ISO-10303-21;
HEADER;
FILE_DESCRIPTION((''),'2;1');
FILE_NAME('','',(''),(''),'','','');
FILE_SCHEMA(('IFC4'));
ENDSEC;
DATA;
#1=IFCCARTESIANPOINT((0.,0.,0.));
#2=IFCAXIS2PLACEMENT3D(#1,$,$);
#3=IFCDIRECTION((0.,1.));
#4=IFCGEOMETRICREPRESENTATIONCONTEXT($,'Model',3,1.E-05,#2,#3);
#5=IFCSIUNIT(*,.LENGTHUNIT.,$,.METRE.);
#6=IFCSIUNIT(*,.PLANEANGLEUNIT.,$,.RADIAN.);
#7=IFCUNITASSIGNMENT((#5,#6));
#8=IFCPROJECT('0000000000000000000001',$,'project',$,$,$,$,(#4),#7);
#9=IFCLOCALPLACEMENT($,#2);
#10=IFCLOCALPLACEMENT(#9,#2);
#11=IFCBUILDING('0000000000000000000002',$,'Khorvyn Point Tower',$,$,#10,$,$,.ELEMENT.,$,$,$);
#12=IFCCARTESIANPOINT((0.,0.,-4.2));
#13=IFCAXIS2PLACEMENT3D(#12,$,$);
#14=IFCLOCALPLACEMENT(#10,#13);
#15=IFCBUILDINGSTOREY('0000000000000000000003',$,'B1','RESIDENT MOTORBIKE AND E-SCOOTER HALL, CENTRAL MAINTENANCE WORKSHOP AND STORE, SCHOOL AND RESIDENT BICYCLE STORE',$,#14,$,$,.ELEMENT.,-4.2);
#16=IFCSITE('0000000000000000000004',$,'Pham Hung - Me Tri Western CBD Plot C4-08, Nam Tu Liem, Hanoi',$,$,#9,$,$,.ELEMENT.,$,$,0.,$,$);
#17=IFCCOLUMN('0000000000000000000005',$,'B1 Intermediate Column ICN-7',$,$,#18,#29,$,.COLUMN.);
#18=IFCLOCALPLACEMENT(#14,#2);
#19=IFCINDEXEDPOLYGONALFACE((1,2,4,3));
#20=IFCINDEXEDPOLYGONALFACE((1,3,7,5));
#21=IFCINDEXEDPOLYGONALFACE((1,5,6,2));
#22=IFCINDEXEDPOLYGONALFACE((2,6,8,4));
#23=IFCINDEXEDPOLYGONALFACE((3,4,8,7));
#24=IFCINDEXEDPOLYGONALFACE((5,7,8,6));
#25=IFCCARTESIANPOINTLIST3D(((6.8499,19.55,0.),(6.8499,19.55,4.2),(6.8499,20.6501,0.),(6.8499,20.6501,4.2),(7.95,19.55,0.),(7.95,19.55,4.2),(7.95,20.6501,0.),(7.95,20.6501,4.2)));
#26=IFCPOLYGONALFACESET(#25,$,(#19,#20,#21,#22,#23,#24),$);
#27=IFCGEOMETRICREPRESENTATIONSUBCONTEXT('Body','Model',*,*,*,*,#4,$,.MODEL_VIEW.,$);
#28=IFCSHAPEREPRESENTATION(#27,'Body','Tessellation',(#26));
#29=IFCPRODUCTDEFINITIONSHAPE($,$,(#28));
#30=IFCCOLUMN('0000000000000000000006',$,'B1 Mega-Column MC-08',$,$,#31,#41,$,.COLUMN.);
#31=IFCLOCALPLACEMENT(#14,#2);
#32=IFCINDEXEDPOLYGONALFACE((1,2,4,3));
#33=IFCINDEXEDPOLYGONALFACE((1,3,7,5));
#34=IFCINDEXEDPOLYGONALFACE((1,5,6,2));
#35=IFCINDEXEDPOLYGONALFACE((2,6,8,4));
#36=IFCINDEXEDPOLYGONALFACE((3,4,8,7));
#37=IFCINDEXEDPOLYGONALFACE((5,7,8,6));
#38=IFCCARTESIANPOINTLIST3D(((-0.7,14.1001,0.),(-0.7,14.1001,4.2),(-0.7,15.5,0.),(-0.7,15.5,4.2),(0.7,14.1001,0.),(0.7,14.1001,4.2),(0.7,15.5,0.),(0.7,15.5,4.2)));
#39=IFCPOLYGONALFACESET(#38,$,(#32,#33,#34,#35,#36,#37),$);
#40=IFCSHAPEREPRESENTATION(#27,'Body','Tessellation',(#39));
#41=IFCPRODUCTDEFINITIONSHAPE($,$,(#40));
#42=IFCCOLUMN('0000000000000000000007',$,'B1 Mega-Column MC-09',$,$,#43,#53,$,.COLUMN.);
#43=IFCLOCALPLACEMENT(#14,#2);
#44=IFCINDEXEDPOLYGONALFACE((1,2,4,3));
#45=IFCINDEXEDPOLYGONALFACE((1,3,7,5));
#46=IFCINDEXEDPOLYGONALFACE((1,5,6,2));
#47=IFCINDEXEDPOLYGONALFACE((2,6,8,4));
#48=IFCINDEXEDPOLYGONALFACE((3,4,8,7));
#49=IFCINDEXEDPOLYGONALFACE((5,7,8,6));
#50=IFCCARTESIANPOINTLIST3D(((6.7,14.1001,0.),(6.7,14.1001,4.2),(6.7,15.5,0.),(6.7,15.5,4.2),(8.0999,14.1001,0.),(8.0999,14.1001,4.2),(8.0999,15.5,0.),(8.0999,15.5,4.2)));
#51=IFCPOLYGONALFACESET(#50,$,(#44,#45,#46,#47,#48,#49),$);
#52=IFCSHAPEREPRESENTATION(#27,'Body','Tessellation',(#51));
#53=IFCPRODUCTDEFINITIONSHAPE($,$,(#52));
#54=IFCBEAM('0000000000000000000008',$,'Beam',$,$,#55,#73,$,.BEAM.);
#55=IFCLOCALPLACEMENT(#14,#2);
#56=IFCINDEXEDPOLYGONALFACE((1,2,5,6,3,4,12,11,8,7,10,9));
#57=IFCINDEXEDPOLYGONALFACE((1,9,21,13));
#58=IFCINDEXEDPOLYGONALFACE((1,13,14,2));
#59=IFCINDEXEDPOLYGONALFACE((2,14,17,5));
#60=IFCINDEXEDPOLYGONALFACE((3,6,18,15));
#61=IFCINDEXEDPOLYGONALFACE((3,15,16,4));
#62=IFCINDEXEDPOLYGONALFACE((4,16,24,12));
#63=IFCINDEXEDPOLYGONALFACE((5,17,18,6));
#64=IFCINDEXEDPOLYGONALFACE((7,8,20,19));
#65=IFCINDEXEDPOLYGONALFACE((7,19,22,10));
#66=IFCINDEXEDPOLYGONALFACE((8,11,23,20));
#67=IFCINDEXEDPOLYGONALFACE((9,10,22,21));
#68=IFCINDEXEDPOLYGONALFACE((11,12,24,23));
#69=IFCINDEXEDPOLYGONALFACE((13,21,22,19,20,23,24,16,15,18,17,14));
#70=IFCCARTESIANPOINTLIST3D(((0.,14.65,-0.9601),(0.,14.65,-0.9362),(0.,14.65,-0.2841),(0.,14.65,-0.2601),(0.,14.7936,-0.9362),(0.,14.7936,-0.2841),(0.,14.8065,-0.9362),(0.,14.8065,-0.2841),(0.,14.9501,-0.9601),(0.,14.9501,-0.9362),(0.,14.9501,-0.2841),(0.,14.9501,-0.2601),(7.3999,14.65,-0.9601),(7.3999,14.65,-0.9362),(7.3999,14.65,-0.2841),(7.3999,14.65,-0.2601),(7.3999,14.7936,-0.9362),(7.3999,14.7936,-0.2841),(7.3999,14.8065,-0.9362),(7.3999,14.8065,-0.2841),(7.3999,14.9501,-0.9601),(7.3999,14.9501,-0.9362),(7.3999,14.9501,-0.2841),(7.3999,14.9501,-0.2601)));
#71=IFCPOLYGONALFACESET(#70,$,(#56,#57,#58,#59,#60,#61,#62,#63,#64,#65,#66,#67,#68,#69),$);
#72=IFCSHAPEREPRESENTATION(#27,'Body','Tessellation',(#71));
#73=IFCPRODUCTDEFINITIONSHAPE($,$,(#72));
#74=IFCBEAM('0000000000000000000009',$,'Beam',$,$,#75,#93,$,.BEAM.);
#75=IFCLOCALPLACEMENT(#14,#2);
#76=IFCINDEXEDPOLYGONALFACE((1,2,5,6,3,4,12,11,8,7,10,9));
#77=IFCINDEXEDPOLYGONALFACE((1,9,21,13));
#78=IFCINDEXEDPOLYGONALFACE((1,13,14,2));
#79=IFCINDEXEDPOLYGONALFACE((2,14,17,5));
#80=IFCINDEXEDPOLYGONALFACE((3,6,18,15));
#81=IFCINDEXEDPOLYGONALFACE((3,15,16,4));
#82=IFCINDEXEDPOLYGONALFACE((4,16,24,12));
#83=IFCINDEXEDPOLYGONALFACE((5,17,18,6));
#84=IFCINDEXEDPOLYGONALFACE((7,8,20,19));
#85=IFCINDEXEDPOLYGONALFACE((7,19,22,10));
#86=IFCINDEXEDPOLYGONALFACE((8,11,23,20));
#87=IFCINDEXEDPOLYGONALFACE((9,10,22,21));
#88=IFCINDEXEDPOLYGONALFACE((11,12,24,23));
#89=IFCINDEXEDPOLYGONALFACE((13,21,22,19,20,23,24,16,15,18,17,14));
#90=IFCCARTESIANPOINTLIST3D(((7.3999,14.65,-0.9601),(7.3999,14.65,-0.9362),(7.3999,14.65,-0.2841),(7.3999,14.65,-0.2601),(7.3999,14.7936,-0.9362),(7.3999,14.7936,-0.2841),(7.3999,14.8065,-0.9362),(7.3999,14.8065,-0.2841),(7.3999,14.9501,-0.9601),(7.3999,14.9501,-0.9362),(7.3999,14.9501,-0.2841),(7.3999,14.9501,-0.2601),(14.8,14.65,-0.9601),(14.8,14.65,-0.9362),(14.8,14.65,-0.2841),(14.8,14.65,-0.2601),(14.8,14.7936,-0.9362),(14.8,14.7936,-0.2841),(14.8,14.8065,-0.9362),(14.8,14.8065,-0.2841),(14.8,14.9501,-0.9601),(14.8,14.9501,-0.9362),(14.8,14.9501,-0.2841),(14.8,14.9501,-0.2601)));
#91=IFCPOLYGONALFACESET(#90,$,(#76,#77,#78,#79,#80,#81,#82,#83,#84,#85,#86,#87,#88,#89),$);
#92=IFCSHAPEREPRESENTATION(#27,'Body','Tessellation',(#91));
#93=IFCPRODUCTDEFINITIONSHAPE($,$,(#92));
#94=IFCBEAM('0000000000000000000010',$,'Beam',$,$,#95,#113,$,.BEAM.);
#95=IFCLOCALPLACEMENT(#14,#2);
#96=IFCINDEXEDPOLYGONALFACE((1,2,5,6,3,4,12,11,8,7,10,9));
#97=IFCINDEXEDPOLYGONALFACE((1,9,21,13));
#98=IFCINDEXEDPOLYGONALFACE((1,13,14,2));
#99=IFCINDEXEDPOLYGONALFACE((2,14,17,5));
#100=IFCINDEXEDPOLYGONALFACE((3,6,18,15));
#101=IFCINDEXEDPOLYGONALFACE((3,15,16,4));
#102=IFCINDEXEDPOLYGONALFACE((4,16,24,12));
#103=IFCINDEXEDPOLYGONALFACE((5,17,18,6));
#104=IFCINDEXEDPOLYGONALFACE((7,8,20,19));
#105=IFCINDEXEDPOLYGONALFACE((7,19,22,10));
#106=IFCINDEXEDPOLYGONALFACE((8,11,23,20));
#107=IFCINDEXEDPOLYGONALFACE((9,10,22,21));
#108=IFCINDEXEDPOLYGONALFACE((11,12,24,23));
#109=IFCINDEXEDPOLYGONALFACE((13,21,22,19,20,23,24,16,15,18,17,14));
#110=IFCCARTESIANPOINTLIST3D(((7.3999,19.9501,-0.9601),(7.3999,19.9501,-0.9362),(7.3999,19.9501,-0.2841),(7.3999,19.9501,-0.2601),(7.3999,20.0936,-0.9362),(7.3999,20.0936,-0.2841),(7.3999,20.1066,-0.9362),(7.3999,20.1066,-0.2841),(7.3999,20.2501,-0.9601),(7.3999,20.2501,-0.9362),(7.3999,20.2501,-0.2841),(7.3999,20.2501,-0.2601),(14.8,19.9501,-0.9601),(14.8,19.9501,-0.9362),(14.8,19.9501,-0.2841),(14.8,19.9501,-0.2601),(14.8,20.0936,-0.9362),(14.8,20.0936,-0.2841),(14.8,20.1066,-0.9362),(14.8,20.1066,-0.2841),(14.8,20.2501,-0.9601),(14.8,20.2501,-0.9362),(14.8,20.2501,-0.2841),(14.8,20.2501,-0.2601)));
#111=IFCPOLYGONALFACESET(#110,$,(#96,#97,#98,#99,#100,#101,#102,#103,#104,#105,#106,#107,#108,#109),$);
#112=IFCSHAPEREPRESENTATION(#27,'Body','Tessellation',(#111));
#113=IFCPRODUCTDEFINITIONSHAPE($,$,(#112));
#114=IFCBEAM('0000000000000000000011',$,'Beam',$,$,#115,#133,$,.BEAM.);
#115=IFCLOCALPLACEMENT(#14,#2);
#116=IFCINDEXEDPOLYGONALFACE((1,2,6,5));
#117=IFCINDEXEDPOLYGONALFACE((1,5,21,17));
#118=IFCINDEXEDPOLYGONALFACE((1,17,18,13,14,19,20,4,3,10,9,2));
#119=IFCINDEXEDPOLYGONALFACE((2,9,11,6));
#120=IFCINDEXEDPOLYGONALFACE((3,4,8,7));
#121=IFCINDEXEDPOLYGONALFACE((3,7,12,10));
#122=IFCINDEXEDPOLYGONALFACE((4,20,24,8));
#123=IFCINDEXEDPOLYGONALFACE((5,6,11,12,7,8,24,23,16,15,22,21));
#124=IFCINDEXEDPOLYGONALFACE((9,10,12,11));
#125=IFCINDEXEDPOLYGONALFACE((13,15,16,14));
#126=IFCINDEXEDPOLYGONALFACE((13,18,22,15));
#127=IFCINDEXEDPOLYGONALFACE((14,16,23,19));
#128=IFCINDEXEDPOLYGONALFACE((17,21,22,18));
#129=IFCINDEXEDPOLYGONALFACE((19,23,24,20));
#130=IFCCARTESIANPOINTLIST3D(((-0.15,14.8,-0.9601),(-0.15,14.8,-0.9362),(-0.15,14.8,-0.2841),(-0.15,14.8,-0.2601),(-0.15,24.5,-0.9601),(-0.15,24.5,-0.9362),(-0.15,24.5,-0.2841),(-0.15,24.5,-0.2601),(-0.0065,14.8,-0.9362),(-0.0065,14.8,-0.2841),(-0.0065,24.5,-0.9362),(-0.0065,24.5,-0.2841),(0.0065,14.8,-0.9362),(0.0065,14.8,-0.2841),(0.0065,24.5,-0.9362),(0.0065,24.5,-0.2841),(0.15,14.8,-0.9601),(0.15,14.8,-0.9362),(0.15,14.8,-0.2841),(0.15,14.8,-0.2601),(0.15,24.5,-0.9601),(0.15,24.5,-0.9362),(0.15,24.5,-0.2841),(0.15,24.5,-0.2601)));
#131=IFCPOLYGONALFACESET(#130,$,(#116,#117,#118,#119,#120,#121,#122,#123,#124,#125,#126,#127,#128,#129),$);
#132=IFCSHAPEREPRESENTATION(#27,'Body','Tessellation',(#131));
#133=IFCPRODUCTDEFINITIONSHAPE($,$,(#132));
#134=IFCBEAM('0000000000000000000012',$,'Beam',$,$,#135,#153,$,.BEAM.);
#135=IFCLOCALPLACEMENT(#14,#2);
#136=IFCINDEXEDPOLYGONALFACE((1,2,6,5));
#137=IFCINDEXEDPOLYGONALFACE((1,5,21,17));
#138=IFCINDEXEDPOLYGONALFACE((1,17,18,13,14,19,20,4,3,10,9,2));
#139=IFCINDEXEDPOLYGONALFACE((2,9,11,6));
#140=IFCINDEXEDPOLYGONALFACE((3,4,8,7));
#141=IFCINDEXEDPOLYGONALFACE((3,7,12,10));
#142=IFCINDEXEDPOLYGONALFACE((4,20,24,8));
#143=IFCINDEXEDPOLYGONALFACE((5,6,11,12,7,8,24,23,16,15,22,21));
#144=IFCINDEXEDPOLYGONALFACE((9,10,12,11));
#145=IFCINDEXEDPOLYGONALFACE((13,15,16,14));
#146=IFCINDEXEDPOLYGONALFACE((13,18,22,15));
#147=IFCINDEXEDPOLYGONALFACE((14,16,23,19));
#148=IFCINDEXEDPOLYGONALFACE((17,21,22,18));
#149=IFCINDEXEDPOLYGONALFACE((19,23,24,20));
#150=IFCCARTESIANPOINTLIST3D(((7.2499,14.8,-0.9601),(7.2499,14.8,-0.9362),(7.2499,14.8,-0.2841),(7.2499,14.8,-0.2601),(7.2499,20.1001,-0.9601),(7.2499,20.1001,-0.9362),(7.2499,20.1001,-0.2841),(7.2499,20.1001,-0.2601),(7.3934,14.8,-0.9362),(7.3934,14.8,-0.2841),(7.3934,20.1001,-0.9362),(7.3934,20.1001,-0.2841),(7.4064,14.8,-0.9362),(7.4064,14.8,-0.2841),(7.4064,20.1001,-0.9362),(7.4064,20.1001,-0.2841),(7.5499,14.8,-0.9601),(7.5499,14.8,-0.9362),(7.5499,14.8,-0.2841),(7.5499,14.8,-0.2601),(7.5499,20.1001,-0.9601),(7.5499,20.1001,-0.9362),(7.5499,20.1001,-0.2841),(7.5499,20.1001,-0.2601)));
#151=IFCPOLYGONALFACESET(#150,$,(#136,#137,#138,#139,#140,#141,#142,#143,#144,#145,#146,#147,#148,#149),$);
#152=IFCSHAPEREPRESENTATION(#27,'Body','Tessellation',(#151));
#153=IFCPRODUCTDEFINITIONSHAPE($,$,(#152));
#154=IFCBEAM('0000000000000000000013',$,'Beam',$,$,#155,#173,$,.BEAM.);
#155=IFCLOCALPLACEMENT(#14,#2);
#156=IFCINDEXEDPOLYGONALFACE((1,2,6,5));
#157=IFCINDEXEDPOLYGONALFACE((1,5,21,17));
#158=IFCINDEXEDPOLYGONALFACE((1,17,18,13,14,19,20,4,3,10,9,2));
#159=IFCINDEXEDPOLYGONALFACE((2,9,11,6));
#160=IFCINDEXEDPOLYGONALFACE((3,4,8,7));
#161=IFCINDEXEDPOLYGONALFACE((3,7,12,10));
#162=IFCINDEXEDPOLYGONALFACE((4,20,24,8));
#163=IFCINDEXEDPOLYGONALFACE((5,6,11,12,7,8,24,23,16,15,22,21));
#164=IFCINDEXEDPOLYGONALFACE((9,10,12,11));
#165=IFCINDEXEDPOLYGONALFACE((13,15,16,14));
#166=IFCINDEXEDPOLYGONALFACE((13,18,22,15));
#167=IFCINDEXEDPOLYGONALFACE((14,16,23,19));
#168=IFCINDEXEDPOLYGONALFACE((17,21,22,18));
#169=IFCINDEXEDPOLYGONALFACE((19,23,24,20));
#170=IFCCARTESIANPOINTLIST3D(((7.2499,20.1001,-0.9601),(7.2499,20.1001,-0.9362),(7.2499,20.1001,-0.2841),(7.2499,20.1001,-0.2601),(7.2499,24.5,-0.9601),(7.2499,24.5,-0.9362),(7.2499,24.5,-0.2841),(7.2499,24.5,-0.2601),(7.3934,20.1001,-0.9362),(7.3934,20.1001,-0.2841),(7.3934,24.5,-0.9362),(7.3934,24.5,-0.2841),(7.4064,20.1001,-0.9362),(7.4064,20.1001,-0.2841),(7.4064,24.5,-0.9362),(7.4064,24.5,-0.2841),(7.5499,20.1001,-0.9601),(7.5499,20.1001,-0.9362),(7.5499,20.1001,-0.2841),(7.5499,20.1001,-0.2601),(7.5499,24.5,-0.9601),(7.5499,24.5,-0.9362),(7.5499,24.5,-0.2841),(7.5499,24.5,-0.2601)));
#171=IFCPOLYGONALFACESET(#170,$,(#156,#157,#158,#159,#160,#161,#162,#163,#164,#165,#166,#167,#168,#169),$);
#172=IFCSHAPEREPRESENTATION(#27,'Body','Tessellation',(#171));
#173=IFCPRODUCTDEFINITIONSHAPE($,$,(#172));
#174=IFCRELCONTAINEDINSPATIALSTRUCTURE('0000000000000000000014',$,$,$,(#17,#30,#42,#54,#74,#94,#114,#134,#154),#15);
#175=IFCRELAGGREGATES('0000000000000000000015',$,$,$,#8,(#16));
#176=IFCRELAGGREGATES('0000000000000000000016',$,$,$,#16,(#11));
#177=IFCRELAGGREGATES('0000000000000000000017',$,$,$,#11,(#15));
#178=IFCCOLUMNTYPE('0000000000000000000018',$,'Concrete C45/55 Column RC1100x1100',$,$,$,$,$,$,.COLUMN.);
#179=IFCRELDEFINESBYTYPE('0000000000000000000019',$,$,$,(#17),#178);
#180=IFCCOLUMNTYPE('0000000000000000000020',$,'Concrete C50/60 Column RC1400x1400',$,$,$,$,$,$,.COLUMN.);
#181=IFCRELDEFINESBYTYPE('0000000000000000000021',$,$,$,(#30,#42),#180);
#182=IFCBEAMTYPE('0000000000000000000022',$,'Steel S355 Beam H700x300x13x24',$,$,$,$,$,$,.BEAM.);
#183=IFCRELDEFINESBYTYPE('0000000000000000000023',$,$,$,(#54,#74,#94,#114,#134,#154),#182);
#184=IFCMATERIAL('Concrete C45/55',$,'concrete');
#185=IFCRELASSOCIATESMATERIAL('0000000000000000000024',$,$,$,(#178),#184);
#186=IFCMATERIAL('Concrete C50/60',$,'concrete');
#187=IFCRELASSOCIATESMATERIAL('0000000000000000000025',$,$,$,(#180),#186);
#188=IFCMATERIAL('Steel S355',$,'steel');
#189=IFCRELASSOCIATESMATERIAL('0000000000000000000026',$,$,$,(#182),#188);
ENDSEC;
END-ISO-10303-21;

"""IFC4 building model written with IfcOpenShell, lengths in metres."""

from ifc_helpers import new_model, si_unit, direction, frame, origin, origin_2d, place, context, subcontext, project, spatial, rectangle, i_section, extrude, material, material_profile, profile_set, type_object, element, save


model = new_model("IFC4")

# Units and contexts
model_context = context("Model", 3, precision=1e-05, world=origin(), true_north=direction((0.0, 1.0)))
body_context = subcontext(model_context, "Body", "Model", "MODEL_VIEW")
ifc_project = project(units=[si_unit("LENGTHUNIT", "METRE"), si_unit("PLANEANGLEUNIT", "RADIAN")], contexts=[model_context])

# Site, building, storey
site_placement = place(None, origin())
site = spatial("IfcSite", under=ifc_project, at=site_placement, Name="Pham Hung - Me Tri Western CBD Plot C4-08, Nam Tu Liem, Hanoi", CompositionType="ELEMENT", RefElevation=0.0)
building_placement = place(site_placement, origin())
building = spatial("IfcBuilding", under=site, at=building_placement, Name="Khorvyn Point Tower", CompositionType="ELEMENT")
storey_placement = place(building_placement, frame((0.0, 0.0, -4.2)))
storey = spatial("IfcBuildingStorey", under=building, at=storey_placement, Name="B1", Description="RESIDENT MOTORBIKE AND E-SCOOTER HALL, CENTRAL MAINTENANCE WORKSHOP AND STORE, SCHOOL AND RESIDENT BICYCLE STORE", CompositionType="ELEMENT", Elevation=-4.2)

# Columns
ifc_material_1 = material(Name="Concrete C45/55", Category="concrete")
ifc_material_profile_1 = material_profile(ifc_material_1, rectangle(XDim=1.1001, YDim=1.1001, at=origin_2d()))
ifc_profile_set_1 = profile_set([ifc_material_profile_1], Name="Concrete C45/55 RC1100x1100")
column_type_1 = type_object("IfcColumnType", Name="Concrete C45/55 Column RC1100x1100", PredefinedType="COLUMN", material=ifc_profile_set_1)
column_placement = place(storey_placement, frame((7.3999, 20.1001, 0.0), z_axis=(0.0, 0.0, 1.0), x_axis=(1.0, 0.0, 0.0)))
element("IfcColumn", 1, at=column_placement, inside=storey, type_object=column_type_1, Name="B1 Intermediate Column ICN-7", PredefinedType="COLUMN", context=body_context, shape_type="SweptSolid", body=[
    extrude(rectangle(XDim=1.1001, YDim=1.1001, at=origin_2d()), origin(), (0.0, 0.0, 1.0), 4.2),
])
ifc_material_2 = material(Name="Concrete C50/60", Category="concrete")
ifc_material_profile_2 = material_profile(ifc_material_2, rectangle(XDim=1.3999, YDim=1.3999, at=origin_2d()))
ifc_profile_set_2 = profile_set([ifc_material_profile_2], Name="Concrete C50/60 RC1400x1400")
column_type_2 = type_object("IfcColumnType", Name="Concrete C50/60 Column RC1400x1400", PredefinedType="COLUMN", material=ifc_profile_set_2)
for number, where, z_axis, x_axis, name in (
    (2, (0.0, 14.8, 0.0), (0.0, 0.0, 1.0), (1.0, 0.0, 0.0), "B1 Mega-Column MC-08"),
    (3, (7.3999, 14.8, 0.0), (0.0, 0.0, 1.0), (1.0, 0.0, 0.0), "B1 Mega-Column MC-09"),
):
    element("IfcColumn", number, at=place(storey_placement, frame(where, z_axis=z_axis, x_axis=x_axis)), inside=storey, type_object=column_type_2, Name=name, PredefinedType="COLUMN", context=body_context, shape_type="SweptSolid", body=[
        extrude(rectangle(XDim=1.3999, YDim=1.3999, at=origin_2d()), origin(), (0.0, 0.0, 1.0), 4.2),
    ])

# Beams
ifc_material_3 = material(Name="Steel S355", Category="steel")
ifc_material_profile_3 = material_profile(ifc_material_3, i_section(OverallWidth=0.3, OverallDepth=0.7, WebThickness=0.0129, FlangeThickness=0.0239, at=origin_2d()))
ifc_profile_set_3 = profile_set([ifc_material_profile_3], Name="Steel S355 H700x300x13x24")
beam_type = type_object("IfcBeamType", Name="Steel S355 Beam H700x300x13x24", PredefinedType="BEAM", material=ifc_profile_set_3)
beam_1_placement = place(storey_placement, frame((0.0, 14.8, -0.6101), z_axis=(1.0, 0.0, 0.0), x_axis=(0.0, 1.0, 0.0)))
element("IfcBeam", 4, at=beam_1_placement, inside=storey, type_object=beam_type, Name="Beam", PredefinedType="BEAM", context=body_context, shape_type="SweptSolid", body=[
    extrude(i_section(OverallWidth=0.3, OverallDepth=0.7, WebThickness=0.0129, FlangeThickness=0.0239, at=origin_2d()), origin(), (0.0, 0.0, 1.0), 7.3999),
])
for number, where, z_axis, x_axis, name in (
    (5, (7.3999, 14.8, -0.6101), (1.0, 0.0, 0.0), (0.0, 1.0, 0.0), "Beam"),
    (6, (7.3999, 20.1001, -0.6101), (1.0, 0.0, 0.0), (0.0, 1.0, 0.0), "Beam"),
):
    element("IfcBeam", number, at=place(storey_placement, frame(where, z_axis=z_axis, x_axis=x_axis)), inside=storey, type_object=beam_type, Name=name, PredefinedType="BEAM", context=body_context, shape_type="SweptSolid", body=[
        extrude(i_section(OverallWidth=0.3, OverallDepth=0.7, WebThickness=0.0129, FlangeThickness=0.0239, at=origin_2d()), origin(), (0.0, 0.0, 1.0), 7.4001),
    ])
beam_2_placement = place(storey_placement, frame((0.0, 14.8, -0.6101), z_axis=(0.0, 1.0, 0.0), x_axis=(-1.0, 0.0, 0.0)))
element("IfcBeam", 7, at=beam_2_placement, inside=storey, type_object=beam_type, Name="Beam", PredefinedType="BEAM", context=body_context, shape_type="SweptSolid", body=[
    extrude(i_section(OverallWidth=0.3, OverallDepth=0.7, WebThickness=0.0129, FlangeThickness=0.0239, at=origin_2d()), origin(), (0.0, 0.0, 1.0), 9.7),
])
beam_3_placement = place(storey_placement, frame((7.3999, 14.8, -0.6101), z_axis=(0.0, 1.0, 0.0), x_axis=(-1.0, 0.0, 0.0)))
element("IfcBeam", 8, at=beam_3_placement, inside=storey, type_object=beam_type, Name="Beam", PredefinedType="BEAM", context=body_context, shape_type="SweptSolid", body=[
    extrude(i_section(OverallWidth=0.3, OverallDepth=0.7, WebThickness=0.0129, FlangeThickness=0.0239, at=origin_2d()), origin(), (0.0, 0.0, 1.0), 5.3),
])
beam_4_placement = place(storey_placement, frame((7.3999, 20.1001, -0.6101), z_axis=(0.0, 1.0, 0.0), x_axis=(-1.0, 0.0, 0.0)))
element("IfcBeam", 9, at=beam_4_placement, inside=storey, type_object=beam_type, Name="Beam", PredefinedType="BEAM", context=body_context, shape_type="SweptSolid", body=[
    extrude(i_section(OverallWidth=0.3, OverallDepth=0.7, WebThickness=0.0129, FlangeThickness=0.0239, at=origin_2d()), origin(), (0.0, 0.0, 1.0), 4.3999),
])

save(model, "model.ifc")
